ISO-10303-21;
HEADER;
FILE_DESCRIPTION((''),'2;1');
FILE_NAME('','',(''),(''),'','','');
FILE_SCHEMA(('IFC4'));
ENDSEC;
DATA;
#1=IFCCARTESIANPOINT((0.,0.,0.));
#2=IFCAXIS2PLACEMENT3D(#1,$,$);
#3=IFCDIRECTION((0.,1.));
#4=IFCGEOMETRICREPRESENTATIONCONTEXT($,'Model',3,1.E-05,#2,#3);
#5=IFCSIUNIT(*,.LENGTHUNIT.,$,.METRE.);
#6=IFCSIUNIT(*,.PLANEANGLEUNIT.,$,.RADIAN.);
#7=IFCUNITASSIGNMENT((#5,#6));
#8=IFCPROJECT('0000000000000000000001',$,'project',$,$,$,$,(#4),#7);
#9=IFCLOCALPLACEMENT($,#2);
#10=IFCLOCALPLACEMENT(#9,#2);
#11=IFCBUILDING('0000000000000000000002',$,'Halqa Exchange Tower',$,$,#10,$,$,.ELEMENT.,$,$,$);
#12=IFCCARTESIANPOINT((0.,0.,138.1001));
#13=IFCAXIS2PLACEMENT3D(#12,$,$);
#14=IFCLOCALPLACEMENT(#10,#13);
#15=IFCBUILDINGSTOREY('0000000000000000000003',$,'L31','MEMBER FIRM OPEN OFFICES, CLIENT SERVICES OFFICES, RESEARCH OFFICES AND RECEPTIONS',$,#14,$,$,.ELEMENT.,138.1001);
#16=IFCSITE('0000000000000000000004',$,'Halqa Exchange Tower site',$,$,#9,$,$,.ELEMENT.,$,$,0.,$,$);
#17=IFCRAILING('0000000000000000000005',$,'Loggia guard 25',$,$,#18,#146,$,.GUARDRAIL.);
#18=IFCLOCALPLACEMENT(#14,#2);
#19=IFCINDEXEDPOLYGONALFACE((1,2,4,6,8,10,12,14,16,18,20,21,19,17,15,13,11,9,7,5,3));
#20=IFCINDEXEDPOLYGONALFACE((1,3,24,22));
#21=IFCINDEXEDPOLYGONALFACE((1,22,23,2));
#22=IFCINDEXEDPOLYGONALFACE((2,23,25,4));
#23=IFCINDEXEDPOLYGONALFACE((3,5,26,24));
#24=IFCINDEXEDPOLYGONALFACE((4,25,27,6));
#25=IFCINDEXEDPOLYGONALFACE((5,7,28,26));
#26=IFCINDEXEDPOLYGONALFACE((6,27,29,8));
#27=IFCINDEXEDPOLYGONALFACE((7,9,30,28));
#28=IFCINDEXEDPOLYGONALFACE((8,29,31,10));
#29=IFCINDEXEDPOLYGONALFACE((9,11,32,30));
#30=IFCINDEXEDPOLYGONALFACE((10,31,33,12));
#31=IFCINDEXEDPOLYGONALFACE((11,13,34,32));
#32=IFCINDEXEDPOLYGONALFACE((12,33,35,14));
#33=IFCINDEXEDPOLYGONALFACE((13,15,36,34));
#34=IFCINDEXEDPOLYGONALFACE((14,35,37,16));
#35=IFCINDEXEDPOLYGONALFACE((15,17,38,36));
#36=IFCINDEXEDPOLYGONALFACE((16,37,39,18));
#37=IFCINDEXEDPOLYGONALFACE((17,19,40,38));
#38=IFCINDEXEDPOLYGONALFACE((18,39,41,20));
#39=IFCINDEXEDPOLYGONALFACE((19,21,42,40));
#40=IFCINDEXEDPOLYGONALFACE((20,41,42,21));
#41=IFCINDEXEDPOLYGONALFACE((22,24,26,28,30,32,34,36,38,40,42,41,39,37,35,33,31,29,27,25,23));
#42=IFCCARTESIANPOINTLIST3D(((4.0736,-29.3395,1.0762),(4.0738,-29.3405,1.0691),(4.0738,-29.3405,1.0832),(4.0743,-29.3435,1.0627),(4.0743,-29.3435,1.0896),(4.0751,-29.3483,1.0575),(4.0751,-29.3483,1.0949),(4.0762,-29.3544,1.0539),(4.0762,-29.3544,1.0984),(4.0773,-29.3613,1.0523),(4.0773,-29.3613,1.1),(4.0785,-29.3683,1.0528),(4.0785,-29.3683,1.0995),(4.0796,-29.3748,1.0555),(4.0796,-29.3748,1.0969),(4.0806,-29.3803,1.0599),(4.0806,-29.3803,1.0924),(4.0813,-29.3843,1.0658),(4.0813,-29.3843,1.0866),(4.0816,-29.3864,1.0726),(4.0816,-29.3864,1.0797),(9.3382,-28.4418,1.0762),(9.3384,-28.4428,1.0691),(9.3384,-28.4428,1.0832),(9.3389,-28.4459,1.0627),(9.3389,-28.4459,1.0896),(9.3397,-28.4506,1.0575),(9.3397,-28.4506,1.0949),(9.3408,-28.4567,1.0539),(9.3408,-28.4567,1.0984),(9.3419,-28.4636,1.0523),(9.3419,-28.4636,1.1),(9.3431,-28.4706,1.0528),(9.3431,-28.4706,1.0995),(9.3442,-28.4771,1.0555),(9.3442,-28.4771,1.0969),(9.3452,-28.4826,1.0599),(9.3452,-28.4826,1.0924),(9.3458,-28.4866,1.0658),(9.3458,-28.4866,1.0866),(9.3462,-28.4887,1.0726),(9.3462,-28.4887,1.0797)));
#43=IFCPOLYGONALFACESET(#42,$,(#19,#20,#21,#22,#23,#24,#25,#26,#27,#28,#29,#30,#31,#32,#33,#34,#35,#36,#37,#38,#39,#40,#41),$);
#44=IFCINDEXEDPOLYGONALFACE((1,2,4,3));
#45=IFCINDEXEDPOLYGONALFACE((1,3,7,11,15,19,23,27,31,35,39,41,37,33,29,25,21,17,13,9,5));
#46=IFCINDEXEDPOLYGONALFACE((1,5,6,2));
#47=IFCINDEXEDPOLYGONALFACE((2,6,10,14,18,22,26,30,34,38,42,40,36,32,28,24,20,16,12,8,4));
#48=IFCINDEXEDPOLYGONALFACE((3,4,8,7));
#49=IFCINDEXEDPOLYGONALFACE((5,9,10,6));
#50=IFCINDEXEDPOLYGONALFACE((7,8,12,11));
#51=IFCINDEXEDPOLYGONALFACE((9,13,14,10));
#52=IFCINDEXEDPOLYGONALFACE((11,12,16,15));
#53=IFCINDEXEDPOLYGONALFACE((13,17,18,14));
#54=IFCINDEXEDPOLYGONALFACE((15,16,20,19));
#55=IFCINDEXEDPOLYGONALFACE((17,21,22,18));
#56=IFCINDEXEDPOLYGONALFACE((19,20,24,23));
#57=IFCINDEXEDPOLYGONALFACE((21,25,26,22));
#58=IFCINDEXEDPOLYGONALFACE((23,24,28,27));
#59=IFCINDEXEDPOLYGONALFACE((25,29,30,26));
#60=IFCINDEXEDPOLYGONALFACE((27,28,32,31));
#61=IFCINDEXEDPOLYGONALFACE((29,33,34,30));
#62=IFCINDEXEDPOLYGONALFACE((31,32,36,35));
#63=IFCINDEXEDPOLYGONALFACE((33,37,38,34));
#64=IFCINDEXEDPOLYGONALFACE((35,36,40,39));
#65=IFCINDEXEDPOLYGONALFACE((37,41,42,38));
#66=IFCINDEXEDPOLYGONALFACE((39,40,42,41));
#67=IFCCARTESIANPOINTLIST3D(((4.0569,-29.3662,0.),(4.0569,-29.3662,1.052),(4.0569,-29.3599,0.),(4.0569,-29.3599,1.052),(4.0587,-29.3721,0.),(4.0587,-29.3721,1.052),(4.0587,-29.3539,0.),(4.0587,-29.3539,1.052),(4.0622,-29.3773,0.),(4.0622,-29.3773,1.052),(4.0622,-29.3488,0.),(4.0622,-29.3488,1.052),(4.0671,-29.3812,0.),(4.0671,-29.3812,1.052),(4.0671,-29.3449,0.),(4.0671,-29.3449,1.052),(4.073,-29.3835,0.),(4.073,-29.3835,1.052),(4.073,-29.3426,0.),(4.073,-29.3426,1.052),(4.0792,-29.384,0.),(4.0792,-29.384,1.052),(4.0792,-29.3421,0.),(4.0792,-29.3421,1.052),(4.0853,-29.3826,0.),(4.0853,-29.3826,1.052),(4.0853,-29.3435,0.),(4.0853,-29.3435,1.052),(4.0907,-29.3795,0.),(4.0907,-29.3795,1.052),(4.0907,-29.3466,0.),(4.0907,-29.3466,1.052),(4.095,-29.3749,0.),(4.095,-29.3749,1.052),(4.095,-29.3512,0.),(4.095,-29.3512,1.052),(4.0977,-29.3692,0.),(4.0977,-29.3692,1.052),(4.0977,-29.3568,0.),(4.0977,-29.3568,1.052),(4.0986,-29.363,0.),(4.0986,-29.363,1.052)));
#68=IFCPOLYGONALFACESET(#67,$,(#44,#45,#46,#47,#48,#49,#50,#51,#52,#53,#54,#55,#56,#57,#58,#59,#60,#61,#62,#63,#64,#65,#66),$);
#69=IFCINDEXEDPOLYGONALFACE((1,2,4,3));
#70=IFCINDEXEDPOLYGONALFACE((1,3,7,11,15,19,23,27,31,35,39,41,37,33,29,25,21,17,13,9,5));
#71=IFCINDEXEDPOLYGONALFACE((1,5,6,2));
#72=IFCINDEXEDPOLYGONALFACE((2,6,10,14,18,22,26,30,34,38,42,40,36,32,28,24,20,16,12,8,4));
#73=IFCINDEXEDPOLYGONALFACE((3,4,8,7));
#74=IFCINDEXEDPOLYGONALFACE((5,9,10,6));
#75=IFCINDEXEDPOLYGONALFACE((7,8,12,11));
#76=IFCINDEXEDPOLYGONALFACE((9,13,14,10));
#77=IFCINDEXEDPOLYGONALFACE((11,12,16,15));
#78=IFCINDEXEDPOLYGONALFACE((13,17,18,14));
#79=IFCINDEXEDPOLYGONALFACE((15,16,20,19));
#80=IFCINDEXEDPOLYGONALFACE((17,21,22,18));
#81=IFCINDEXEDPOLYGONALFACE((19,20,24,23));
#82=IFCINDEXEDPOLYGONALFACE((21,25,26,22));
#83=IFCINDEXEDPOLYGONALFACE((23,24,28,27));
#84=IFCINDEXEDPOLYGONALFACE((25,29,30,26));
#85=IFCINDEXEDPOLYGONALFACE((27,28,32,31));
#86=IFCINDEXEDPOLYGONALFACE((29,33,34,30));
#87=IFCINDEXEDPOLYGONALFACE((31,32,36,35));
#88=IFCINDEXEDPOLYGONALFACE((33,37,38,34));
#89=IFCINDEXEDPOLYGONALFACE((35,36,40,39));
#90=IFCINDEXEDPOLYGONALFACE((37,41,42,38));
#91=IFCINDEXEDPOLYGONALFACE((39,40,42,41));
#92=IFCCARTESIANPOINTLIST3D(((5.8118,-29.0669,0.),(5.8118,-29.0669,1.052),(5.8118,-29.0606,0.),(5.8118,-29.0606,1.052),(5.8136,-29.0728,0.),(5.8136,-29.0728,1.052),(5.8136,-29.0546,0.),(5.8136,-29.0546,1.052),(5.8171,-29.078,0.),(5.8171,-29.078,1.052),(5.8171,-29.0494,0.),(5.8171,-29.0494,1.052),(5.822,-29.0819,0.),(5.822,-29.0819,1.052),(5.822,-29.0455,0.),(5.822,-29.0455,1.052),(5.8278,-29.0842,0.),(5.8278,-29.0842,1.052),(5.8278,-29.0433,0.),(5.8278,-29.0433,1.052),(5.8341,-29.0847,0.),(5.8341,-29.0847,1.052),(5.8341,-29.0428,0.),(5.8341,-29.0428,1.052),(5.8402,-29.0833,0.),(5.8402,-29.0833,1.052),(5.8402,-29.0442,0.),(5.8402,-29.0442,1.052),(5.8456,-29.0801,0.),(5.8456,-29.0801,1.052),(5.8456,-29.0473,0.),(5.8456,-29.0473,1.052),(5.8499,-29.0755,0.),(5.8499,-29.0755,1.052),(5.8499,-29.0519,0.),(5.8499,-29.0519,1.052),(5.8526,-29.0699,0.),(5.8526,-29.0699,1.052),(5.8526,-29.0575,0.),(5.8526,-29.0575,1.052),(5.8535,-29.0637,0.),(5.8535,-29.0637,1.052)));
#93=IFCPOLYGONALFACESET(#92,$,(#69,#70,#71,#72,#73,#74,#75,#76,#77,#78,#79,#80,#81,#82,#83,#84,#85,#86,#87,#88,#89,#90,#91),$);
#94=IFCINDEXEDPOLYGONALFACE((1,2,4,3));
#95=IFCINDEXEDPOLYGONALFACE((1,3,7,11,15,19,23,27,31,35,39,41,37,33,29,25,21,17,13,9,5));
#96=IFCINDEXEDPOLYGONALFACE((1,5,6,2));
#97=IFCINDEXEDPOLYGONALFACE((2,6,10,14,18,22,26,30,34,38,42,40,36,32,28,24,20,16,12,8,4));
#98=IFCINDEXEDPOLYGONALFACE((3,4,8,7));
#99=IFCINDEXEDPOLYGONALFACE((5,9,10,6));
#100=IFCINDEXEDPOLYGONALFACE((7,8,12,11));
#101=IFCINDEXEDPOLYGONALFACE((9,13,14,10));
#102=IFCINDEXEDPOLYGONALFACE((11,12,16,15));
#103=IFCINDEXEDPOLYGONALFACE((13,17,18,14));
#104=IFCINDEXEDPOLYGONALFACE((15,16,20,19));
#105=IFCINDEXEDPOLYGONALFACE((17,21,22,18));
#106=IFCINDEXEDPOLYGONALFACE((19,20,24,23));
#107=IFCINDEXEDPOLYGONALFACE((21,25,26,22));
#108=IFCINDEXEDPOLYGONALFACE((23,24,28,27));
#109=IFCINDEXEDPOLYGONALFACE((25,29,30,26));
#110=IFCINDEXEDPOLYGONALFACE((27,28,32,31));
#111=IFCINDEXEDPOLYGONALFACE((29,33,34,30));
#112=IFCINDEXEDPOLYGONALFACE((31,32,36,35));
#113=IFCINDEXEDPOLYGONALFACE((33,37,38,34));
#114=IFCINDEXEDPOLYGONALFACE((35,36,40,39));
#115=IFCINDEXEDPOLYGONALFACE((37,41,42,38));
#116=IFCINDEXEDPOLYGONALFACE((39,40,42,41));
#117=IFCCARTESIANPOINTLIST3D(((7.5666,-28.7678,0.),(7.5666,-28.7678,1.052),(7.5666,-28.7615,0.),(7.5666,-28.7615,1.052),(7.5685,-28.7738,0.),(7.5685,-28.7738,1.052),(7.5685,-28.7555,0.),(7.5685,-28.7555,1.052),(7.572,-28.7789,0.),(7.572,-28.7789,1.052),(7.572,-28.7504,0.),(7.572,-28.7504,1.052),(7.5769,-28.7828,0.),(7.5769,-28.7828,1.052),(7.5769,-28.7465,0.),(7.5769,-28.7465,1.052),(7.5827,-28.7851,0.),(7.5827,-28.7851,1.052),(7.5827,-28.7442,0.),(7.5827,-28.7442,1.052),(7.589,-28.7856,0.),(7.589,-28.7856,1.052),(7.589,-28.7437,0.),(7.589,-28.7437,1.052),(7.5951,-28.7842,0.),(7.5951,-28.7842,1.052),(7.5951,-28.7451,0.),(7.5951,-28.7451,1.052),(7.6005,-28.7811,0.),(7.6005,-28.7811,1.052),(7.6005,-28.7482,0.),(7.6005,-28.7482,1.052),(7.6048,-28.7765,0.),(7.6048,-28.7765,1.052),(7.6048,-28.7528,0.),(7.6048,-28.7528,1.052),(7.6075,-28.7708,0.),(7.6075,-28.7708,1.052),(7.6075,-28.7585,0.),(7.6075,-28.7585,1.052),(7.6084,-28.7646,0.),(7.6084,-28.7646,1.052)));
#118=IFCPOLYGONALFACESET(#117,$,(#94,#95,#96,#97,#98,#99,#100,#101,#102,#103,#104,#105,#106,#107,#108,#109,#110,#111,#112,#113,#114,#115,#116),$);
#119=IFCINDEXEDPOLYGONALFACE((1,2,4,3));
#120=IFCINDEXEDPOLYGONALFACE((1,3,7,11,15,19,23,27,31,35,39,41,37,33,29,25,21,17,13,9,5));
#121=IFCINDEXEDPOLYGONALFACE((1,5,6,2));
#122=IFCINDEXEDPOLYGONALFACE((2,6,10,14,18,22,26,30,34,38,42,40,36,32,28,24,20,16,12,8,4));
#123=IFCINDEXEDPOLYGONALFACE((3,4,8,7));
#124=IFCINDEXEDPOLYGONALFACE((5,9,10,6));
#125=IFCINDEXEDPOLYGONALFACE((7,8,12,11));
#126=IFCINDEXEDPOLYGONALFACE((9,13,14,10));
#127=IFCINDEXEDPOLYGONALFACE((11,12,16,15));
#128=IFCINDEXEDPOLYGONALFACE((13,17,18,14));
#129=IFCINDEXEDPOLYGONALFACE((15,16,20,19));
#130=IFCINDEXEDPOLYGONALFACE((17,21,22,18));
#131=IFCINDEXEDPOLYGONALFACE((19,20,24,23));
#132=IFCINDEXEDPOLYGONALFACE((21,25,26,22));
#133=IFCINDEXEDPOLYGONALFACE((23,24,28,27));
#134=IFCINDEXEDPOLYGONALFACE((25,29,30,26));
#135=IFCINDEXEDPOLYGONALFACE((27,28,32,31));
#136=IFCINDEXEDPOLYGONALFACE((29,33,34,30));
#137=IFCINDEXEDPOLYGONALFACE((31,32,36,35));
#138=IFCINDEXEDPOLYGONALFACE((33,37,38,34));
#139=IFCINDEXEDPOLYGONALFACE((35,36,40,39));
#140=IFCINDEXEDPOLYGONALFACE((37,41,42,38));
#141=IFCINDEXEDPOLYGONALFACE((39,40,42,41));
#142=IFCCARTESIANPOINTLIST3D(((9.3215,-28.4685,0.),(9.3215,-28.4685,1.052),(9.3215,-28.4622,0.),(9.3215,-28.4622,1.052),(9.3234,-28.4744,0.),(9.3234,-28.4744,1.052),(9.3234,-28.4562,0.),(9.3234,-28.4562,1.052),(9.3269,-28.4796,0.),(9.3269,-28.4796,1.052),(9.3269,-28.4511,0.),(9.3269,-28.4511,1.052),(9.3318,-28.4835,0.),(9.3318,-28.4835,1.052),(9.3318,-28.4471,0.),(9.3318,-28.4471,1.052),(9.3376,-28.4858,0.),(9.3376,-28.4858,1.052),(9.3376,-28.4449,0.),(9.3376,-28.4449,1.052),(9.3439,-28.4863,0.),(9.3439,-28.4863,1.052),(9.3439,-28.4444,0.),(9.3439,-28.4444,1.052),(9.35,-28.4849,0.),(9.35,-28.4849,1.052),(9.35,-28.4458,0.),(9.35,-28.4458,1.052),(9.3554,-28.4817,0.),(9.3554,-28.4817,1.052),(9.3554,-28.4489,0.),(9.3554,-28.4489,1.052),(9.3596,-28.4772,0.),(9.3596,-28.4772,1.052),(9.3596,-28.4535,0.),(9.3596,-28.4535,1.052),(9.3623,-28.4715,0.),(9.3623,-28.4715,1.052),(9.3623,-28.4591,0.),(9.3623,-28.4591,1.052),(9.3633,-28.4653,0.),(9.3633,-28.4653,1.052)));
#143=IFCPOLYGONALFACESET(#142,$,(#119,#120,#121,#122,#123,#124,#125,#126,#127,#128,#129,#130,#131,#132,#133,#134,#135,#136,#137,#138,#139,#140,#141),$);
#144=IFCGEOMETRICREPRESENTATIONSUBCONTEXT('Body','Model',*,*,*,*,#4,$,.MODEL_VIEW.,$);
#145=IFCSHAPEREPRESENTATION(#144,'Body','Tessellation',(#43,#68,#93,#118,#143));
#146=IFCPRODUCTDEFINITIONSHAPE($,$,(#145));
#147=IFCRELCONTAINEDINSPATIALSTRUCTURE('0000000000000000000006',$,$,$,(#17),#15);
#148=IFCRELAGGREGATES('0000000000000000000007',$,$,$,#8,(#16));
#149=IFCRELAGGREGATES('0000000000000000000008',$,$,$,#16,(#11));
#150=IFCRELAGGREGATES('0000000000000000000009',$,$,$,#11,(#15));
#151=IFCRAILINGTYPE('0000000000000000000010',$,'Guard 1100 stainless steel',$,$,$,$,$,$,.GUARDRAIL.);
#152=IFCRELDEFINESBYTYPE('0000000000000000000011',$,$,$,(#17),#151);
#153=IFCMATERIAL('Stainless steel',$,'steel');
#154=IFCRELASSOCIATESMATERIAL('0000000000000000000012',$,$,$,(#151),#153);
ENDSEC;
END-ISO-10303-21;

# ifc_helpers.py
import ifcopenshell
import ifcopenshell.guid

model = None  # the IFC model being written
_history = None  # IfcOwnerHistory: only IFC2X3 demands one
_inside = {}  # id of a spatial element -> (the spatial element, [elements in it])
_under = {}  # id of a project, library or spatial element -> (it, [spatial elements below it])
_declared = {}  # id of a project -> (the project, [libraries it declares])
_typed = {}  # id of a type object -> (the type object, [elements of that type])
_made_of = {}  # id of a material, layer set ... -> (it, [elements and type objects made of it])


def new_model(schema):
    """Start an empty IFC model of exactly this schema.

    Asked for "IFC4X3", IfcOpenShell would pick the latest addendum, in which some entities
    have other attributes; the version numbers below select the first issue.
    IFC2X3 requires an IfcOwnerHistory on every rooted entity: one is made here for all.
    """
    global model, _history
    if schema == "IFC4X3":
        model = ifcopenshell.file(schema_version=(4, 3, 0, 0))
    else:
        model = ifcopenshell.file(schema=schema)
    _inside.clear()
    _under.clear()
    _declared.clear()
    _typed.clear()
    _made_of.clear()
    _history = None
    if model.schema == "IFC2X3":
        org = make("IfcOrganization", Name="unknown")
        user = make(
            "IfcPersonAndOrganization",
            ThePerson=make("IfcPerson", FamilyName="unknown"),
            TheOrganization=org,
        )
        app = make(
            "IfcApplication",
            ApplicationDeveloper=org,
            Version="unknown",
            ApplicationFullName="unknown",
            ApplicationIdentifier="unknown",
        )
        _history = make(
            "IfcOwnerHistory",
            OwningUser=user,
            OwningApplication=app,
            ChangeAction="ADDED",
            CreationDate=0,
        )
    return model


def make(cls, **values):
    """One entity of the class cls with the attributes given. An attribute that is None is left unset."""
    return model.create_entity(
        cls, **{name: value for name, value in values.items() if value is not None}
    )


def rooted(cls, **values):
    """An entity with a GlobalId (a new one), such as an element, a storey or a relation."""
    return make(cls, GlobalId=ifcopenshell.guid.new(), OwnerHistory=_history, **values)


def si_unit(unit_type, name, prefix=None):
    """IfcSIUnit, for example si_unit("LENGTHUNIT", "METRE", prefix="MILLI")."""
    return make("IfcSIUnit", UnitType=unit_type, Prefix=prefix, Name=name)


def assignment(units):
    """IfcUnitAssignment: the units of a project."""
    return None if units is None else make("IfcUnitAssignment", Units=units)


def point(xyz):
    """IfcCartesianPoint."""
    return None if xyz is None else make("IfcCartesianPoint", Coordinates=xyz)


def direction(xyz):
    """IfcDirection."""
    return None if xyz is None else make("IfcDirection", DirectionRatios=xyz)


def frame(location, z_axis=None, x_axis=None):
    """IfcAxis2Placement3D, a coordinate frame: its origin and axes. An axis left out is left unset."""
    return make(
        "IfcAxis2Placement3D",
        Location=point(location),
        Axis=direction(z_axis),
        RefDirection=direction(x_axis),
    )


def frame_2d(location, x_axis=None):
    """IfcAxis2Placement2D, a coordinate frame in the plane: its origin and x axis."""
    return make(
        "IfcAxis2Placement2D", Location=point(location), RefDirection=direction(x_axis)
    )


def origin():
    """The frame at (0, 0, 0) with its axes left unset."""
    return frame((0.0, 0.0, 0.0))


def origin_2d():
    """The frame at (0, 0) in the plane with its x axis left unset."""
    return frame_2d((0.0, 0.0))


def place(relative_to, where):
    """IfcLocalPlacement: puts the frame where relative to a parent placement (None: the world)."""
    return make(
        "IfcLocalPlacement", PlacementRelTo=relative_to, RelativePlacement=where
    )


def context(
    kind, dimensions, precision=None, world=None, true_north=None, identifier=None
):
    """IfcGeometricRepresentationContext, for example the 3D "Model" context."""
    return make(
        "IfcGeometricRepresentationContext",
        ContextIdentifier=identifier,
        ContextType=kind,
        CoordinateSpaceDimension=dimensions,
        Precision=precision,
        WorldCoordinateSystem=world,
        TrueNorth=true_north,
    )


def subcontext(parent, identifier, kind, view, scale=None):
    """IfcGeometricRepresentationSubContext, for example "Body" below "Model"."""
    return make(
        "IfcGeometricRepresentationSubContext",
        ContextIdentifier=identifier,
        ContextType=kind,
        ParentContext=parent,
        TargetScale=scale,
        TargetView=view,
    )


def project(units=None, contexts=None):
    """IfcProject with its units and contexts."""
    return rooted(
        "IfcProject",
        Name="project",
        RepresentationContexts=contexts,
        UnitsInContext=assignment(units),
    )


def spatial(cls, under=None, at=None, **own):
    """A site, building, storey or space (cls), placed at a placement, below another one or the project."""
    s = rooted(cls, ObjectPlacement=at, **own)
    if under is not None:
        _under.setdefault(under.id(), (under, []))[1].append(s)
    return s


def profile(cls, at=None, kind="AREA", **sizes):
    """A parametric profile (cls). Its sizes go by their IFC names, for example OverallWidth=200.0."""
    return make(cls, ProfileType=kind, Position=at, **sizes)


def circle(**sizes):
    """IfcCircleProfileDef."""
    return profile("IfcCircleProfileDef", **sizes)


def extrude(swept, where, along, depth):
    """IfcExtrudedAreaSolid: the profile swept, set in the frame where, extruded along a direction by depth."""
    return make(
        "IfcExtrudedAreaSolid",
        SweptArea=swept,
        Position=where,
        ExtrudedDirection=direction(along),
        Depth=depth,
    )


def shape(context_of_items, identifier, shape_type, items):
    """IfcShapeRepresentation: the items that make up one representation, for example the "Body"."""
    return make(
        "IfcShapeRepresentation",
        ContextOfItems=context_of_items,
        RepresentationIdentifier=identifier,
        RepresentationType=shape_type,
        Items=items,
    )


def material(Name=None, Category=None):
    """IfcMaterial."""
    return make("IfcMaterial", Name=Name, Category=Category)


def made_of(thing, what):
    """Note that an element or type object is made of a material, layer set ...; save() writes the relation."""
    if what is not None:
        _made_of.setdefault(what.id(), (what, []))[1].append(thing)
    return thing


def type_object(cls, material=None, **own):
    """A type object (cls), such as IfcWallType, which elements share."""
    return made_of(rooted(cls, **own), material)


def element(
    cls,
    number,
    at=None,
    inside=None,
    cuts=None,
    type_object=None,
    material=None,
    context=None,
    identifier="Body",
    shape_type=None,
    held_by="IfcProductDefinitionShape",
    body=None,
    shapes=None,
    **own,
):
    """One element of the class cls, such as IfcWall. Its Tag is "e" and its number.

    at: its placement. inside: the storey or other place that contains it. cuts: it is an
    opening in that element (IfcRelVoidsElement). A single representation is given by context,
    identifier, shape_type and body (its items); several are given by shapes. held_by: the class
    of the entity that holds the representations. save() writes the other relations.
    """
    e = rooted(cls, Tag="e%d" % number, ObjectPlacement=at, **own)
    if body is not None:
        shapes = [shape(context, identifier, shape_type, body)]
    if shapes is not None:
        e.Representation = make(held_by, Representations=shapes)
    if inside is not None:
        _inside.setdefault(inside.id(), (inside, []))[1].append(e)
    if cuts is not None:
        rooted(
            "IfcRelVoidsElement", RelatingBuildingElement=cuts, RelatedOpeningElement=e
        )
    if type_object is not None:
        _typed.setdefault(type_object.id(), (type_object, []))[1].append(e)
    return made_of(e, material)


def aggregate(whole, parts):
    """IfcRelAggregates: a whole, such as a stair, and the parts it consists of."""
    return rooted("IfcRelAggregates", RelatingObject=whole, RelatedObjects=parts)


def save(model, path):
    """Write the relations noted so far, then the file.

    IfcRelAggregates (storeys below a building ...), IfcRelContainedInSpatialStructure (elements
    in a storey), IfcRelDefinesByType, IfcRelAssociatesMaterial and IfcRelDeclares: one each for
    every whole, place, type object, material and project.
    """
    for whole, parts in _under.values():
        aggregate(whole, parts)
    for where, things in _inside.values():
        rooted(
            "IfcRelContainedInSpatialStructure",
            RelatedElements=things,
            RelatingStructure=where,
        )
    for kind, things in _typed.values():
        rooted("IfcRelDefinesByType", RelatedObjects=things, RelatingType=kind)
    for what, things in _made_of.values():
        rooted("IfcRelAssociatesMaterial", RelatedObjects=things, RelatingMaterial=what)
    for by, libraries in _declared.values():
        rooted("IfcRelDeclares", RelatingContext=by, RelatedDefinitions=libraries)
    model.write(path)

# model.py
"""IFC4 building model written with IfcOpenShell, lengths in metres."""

from ifc_helpers import new_model, si_unit, direction, frame, origin, origin_2d, place, context, subcontext, project, spatial, circle, extrude, material, type_object, element, save


model = new_model("IFC4")

# Units and contexts
model_context = context("Model", 3, precision=1e-05, world=origin(), true_north=direction((0.0, 1.0)))
body_context = subcontext(model_context, "Body", "Model", "MODEL_VIEW")
ifc_project = project(units=[si_unit("LENGTHUNIT", "METRE"), si_unit("PLANEANGLEUNIT", "RADIAN")], contexts=[model_context])

# Site, building, storey
site_placement = place(None, origin())
site = spatial("IfcSite", under=ifc_project, at=site_placement, Name="Halqa Exchange Tower site", CompositionType="ELEMENT", RefElevation=0.0)
building_placement = place(site_placement, origin())
building = spatial("IfcBuilding", under=site, at=building_placement, Name="Halqa Exchange Tower", CompositionType="ELEMENT")
storey_placement = place(building_placement, frame((0.0, 0.0, 138.1001)))
storey = spatial("IfcBuildingStorey", under=building, at=storey_placement, Name="L31", Description="MEMBER FIRM OPEN OFFICES, CLIENT SERVICES OFFICES, RESEARCH OFFICES AND RECEPTIONS", CompositionType="ELEMENT", Elevation=138.1001)

# Railing
ifc_material_1 = material(Name="Stainless steel", Category="steel")
railing_type = type_object("IfcRailingType", Name="Guard 1100 stainless steel", PredefinedType="GUARDRAIL", material=ifc_material_1)
railing_1_placement = place(storey_placement, frame((4.0776, -29.363, 0.0)))
element("IfcRailing", 1, at=railing_1_placement, inside=storey, type_object=railing_type, Name="Loggia guard 25", PredefinedType="GUARDRAIL", context=body_context, shape_type="SweptSolid", body=[
    extrude(circle(Radius=0.0239, at=origin_2d()), frame((0.0, 0.0, 1.0762), z_axis=(0.985772, 0.16809, 0.0), x_axis=(-0.16809, 0.985772, 0.0)), (0.0, 0.0, 1.0), 5.3406),
    extrude(circle(Radius=0.021, at=origin_2d()), origin(), (0.0, 0.0, 1.0), 1.052),
    extrude(circle(Radius=0.021, at=origin_2d()), frame((1.7549, 0.2993, 0.0)), (0.0, 0.0, 1.0), 1.052),
    extrude(circle(Radius=0.021, at=origin_2d()), frame((3.5098, 0.5984, 0.0)), (0.0, 0.0, 1.0), 1.052),
    extrude(circle(Radius=0.021, at=origin_2d()), frame((5.2646, 0.8977, 0.0)), (0.0, 0.0, 1.0), 1.052),
])

save(model, "model.ifc")
